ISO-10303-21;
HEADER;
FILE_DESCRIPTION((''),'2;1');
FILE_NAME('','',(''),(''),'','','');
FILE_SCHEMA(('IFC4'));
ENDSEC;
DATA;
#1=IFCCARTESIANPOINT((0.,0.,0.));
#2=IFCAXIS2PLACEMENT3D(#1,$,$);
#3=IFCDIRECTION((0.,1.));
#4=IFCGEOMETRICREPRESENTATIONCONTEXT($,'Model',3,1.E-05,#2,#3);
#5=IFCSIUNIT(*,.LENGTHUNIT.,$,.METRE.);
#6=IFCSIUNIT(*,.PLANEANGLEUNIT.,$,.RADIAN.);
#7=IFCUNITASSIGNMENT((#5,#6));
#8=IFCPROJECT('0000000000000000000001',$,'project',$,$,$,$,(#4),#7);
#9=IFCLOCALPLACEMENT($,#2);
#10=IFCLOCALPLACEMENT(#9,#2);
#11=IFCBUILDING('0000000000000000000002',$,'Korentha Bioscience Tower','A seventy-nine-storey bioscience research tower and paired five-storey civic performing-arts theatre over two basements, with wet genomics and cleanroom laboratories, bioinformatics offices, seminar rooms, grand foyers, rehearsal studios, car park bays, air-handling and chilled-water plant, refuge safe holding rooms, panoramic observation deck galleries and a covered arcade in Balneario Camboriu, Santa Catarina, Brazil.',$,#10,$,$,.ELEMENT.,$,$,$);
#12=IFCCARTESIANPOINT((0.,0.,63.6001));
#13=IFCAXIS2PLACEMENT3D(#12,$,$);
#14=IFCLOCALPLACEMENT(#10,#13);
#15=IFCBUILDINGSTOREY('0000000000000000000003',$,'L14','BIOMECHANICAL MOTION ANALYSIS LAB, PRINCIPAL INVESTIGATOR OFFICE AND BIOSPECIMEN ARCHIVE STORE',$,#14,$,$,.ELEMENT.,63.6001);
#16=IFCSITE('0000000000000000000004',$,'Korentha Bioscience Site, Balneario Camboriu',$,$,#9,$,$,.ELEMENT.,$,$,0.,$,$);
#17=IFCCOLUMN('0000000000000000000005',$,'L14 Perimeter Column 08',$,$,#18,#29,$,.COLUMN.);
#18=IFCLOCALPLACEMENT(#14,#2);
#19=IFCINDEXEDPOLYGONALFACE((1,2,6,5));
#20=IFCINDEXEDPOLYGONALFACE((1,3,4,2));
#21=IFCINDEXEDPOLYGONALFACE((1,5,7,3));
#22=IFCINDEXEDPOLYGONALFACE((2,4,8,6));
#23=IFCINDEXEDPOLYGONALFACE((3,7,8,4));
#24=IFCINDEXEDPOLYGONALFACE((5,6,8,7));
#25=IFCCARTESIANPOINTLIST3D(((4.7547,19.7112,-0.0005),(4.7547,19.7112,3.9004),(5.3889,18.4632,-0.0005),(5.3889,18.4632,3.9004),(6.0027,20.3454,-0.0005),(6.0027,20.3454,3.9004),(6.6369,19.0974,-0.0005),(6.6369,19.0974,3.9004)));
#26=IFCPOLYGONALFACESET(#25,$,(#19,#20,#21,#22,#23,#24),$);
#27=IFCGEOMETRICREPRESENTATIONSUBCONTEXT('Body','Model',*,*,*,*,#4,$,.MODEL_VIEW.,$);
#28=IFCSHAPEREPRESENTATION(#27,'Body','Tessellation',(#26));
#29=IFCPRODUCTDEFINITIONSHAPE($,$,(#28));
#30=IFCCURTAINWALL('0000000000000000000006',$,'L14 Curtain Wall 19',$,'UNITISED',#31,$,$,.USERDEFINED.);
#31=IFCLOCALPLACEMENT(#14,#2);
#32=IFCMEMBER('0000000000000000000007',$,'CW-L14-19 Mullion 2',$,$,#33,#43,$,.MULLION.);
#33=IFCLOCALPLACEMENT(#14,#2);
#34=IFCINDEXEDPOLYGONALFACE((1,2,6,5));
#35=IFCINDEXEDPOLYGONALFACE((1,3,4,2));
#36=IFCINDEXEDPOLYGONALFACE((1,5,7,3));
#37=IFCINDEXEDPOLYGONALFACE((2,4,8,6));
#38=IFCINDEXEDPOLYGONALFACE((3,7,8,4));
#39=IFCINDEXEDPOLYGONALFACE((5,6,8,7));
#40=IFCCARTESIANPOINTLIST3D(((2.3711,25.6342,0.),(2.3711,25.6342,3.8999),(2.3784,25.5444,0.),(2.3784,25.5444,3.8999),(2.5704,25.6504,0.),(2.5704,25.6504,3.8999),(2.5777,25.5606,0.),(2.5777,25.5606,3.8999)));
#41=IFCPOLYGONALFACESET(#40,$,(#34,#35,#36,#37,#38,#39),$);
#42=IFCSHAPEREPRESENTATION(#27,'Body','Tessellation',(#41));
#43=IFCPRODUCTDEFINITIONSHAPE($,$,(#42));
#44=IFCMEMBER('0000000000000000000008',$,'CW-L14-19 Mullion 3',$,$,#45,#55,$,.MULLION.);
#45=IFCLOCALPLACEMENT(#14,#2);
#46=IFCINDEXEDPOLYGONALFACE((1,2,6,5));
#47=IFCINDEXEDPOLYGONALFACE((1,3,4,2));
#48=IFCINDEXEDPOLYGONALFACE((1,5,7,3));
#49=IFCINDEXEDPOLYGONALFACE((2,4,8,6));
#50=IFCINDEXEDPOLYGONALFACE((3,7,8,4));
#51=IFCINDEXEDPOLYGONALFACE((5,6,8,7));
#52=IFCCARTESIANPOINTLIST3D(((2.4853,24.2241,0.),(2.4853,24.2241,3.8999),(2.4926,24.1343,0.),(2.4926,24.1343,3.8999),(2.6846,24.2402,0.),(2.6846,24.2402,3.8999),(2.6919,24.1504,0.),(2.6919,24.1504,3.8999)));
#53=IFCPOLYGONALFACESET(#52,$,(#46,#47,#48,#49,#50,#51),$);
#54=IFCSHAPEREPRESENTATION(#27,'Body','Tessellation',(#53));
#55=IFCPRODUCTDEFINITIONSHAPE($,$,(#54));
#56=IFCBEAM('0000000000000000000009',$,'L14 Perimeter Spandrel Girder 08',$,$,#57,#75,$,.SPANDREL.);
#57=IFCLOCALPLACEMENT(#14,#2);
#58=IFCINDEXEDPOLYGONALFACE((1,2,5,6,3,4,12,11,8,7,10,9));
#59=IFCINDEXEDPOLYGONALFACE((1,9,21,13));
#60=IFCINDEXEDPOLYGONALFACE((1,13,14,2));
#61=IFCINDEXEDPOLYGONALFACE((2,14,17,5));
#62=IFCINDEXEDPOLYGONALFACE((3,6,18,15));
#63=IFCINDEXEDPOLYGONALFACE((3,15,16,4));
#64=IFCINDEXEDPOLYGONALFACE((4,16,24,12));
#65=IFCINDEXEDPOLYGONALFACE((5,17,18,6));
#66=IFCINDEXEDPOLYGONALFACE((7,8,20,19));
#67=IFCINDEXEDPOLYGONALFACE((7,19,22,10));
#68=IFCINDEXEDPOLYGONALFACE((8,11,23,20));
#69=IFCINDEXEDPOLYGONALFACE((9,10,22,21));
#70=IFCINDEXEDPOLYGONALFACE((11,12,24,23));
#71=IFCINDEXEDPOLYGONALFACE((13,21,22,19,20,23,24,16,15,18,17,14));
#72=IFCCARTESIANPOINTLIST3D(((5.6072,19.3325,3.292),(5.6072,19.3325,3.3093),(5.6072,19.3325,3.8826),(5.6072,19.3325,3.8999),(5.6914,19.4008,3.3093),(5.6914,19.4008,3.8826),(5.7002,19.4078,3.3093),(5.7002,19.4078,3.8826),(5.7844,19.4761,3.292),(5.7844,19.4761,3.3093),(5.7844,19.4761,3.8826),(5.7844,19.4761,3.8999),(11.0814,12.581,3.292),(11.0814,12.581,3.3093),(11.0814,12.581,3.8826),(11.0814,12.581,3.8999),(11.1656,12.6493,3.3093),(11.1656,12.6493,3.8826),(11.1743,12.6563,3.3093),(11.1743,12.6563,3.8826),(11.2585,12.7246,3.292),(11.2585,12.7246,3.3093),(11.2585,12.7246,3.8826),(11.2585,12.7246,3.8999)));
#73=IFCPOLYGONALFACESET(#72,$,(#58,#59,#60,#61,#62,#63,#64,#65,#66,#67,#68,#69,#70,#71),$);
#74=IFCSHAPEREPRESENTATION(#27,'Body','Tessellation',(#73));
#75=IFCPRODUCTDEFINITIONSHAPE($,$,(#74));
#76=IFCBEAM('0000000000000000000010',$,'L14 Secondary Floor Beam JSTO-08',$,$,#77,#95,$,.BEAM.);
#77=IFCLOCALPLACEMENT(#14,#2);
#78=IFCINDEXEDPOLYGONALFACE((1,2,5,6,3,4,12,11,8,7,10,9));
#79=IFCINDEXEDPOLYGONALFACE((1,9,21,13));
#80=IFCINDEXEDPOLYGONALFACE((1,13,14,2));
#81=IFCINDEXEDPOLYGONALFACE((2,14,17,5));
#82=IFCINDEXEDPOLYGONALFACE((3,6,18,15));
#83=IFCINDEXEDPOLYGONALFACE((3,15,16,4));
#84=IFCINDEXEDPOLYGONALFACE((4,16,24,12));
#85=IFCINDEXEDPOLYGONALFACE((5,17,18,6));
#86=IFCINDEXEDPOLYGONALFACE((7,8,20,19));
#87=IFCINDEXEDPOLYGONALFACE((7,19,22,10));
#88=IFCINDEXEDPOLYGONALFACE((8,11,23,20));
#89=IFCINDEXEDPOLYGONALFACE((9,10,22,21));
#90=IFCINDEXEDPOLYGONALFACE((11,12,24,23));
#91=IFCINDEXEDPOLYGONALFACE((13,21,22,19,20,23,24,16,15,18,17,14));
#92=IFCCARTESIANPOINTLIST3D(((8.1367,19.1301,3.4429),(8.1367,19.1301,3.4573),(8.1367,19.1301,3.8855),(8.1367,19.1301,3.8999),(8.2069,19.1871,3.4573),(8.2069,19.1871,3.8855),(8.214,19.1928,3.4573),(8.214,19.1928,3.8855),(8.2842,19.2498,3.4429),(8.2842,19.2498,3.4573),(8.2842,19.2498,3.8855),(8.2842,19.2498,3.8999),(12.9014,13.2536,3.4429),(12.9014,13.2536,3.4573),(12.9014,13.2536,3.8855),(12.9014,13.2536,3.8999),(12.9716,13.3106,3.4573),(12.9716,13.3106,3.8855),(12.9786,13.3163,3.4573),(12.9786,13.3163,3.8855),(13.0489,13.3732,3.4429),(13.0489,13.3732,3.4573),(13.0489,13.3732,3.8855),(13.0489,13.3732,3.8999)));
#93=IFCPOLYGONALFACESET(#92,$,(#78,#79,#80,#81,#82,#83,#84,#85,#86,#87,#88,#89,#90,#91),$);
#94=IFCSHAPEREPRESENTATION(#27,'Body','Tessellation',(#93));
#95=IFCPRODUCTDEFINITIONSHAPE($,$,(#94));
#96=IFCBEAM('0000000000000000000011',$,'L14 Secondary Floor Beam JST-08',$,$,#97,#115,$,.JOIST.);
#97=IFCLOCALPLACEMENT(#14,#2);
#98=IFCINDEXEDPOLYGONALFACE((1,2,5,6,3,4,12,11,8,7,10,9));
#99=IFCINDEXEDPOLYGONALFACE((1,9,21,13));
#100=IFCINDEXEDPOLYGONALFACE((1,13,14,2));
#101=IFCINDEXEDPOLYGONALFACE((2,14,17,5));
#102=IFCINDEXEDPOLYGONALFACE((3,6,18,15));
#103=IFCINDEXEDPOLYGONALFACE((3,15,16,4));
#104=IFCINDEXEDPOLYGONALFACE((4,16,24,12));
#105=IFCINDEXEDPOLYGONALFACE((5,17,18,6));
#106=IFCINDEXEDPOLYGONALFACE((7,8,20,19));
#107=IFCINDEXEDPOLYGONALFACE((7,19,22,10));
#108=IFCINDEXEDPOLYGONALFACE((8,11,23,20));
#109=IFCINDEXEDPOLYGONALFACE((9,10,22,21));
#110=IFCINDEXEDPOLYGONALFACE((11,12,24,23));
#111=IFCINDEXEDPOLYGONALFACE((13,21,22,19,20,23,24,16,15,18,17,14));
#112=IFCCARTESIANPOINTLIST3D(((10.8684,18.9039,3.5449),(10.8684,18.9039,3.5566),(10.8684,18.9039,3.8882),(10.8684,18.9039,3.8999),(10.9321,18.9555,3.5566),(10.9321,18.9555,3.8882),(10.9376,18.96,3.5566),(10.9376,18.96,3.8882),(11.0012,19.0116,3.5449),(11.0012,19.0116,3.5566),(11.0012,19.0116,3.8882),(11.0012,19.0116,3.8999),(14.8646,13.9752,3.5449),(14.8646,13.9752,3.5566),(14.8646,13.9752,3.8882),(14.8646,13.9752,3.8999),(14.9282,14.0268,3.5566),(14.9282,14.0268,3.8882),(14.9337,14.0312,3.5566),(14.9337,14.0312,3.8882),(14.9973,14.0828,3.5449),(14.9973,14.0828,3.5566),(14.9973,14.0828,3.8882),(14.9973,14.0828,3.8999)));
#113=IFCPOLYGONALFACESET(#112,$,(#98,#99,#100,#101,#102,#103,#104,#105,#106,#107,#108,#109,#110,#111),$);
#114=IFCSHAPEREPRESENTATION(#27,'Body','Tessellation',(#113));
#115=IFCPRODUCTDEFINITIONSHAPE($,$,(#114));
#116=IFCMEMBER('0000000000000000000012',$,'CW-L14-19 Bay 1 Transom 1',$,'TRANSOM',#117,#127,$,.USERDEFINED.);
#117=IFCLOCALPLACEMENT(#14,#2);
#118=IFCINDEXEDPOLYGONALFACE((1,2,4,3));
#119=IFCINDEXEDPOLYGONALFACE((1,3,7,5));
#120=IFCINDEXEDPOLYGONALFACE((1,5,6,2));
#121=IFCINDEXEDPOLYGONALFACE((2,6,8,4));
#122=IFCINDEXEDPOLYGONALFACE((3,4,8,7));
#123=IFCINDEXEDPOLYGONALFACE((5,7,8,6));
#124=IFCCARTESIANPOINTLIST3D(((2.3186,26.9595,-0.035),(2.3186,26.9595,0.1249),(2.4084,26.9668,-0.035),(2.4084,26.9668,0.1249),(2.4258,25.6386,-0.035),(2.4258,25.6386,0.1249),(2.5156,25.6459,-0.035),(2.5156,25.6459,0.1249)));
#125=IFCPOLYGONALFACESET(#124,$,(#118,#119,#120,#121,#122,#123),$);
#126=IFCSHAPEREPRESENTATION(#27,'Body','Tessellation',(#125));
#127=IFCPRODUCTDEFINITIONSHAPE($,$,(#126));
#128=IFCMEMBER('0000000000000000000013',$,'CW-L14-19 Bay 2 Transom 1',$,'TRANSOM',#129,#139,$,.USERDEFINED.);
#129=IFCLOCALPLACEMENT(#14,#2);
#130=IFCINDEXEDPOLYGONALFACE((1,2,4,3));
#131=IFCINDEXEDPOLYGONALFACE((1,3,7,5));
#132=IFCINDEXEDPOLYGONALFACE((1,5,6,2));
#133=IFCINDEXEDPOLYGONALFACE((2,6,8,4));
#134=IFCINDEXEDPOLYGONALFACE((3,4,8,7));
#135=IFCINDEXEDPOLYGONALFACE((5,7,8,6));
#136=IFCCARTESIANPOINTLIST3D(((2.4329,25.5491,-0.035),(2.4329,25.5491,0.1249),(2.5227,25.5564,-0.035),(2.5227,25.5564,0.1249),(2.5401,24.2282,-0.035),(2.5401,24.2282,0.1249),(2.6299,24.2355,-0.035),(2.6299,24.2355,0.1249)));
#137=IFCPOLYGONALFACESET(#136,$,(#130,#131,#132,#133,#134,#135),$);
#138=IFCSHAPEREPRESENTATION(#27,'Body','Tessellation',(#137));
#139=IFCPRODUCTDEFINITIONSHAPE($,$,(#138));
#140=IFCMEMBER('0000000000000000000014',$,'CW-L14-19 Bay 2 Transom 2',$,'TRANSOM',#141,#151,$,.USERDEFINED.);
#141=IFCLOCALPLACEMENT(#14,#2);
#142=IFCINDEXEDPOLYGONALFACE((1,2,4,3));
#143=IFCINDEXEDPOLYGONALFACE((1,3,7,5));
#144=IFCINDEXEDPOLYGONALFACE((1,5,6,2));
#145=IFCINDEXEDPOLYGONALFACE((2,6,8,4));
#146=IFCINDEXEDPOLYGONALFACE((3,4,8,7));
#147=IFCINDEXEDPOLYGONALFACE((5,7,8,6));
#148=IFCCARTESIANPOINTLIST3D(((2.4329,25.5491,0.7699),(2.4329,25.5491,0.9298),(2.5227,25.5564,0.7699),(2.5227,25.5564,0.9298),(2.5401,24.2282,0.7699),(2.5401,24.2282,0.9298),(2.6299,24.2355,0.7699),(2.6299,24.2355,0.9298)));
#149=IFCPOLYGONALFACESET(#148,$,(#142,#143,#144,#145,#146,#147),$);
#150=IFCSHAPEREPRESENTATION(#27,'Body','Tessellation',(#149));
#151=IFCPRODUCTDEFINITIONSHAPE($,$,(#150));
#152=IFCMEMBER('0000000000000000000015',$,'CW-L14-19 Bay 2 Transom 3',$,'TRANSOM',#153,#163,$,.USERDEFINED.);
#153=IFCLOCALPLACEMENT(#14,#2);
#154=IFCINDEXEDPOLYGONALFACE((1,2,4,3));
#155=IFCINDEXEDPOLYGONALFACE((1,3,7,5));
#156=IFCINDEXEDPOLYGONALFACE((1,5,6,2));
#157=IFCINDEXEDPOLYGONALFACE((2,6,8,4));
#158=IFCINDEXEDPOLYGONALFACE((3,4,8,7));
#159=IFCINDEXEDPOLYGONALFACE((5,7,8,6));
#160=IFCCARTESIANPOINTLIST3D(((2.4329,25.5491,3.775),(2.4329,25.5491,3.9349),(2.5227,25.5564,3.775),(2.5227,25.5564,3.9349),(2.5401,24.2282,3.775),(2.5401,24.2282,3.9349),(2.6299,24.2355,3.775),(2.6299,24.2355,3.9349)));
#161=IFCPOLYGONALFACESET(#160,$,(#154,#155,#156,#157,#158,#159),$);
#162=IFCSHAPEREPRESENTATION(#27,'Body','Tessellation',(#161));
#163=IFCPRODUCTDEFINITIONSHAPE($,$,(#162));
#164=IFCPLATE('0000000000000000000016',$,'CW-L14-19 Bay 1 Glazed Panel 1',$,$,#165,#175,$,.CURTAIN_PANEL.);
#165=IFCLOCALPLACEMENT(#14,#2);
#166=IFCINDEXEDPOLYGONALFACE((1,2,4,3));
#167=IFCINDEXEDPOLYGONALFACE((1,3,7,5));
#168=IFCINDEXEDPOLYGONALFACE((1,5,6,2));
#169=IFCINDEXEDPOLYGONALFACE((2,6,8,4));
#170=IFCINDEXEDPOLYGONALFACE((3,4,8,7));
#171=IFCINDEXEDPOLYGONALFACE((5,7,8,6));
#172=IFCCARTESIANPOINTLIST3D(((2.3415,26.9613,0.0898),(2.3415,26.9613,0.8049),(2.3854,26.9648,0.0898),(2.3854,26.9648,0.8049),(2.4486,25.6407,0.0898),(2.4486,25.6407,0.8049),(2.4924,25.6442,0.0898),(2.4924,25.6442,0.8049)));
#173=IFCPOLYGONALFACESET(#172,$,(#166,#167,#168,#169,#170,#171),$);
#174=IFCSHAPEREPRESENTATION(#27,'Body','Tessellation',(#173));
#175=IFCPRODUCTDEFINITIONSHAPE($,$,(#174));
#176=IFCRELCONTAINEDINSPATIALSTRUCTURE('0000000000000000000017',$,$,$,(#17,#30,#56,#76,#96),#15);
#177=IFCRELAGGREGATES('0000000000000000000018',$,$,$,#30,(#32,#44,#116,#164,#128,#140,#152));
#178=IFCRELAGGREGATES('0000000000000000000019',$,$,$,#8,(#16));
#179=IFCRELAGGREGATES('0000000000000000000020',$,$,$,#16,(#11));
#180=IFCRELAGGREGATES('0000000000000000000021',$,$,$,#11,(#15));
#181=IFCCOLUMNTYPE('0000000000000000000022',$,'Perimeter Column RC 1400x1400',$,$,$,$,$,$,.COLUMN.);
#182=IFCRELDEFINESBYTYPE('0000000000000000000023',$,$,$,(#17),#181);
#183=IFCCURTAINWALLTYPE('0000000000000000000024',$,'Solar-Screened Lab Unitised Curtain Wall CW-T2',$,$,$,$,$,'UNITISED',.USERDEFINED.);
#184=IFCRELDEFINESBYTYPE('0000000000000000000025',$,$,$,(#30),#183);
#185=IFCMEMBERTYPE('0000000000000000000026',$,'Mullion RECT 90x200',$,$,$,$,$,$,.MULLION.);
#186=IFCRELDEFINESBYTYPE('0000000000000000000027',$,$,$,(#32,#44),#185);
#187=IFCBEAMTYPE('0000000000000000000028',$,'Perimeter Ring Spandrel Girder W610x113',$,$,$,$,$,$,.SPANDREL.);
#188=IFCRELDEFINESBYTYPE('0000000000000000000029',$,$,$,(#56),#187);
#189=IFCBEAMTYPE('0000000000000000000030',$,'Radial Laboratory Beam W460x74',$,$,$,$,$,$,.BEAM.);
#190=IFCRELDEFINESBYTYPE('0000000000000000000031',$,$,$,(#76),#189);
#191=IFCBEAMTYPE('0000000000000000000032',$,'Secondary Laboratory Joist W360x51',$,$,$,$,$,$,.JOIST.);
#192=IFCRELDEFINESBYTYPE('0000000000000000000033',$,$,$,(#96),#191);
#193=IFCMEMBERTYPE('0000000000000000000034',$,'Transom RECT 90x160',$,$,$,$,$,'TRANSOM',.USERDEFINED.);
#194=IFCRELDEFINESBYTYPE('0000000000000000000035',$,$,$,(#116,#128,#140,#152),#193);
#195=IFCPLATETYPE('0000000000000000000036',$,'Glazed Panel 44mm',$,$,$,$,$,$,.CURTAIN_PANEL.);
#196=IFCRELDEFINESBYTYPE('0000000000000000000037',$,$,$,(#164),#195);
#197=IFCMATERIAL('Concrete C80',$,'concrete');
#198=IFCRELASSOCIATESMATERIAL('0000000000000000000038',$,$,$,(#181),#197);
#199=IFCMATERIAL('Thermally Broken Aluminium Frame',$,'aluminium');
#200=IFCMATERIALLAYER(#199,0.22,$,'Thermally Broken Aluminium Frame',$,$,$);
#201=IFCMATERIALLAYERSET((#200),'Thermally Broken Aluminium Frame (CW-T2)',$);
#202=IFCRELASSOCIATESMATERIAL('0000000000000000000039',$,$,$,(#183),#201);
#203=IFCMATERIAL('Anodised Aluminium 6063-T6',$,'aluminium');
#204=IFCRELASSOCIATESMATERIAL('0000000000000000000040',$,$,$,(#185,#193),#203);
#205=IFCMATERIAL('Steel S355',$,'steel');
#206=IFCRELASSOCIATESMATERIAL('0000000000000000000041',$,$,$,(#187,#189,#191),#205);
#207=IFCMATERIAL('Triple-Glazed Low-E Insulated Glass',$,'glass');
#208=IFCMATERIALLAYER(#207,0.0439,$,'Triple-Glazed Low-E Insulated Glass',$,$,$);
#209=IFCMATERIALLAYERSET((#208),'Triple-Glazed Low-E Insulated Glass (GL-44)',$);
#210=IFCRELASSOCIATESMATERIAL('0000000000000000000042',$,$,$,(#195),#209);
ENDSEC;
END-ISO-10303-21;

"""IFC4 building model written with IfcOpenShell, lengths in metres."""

from ifc_helpers import new_model, si_unit, direction, frame, origin, origin_2d, place, context, subcontext, project, spatial, rectangle, i_section, extrude, material, layer, layer_set, material_profile, profile_set, type_object, element, aggregate, save


model = new_model("IFC4")

# Units and contexts
model_context = context("Model", 3, precision=1e-05, world=origin(), true_north=direction((0.0, 1.0)))
body_context = subcontext(model_context, "Body", "Model", "MODEL_VIEW")
ifc_project = project(units=[si_unit("LENGTHUNIT", "METRE"), si_unit("PLANEANGLEUNIT", "RADIAN")], contexts=[model_context])

# Site, building, storey
site_placement = place(None, origin())
site = spatial("IfcSite", under=ifc_project, at=site_placement, Name="Korentha Bioscience Site, Balneario Camboriu", CompositionType="ELEMENT", RefElevation=0.0)
building_placement = place(site_placement, origin())
building = spatial("IfcBuilding", under=site, at=building_placement, Name="Korentha Bioscience Tower", Description="A seventy-nine-storey bioscience research tower and paired five-storey civic performing-arts theatre over two basements, with wet genomics and cleanroom laboratories, bioinformatics offices, seminar rooms, grand foyers, rehearsal studios, car park bays, air-handling and chilled-water plant, refuge safe holding rooms, panoramic observation deck galleries and a covered arcade in Balneario Camboriu, Santa Catarina, Brazil.", CompositionType="ELEMENT")
storey_placement = place(building_placement, frame((0.0, 0.0, 63.6001)))
storey = spatial("IfcBuildingStorey", under=building, at=storey_placement, Name="L14", Description="BIOMECHANICAL MOTION ANALYSIS LAB, PRINCIPAL INVESTIGATOR OFFICE AND BIOSPECIMEN ARCHIVE STORE", CompositionType="ELEMENT", Elevation=63.6001)

# Column
ifc_material_1 = material(Name="Concrete C80", Category="concrete")
ifc_material_profile_1 = material_profile(ifc_material_1, rectangle(XDim=1.3999, YDim=1.3999, at=origin_2d()), Name="Concrete C80")
ifc_profile_set_1 = profile_set([ifc_material_profile_1], Name="Concrete C80 (COL-P14)")
column_type = type_object("IfcColumnType", Name="Perimeter Column RC 1400x1400", PredefinedType="COLUMN", material=ifc_profile_set_1)
column_placement = place(storey_placement, frame((5.6958, 19.4043, -0.0005), z_axis=(0.0, 0.0, 1.0), x_axis=(-0.453057, 0.891481, 0.0)))
element("IfcColumn", 1, at=column_placement, inside=storey, type_object=column_type, Name="L14 Perimeter Column 08", PredefinedType="COLUMN", context=body_context, shape_type="SweptSolid", body=[
    extrude(rectangle(XDim=1.3999, YDim=1.3999, at=origin_2d()), origin(), (0.0, 0.0, 1.0), 3.9009),
])

# Curtain wall, members
ifc_material_2 = material(Name="Thermally Broken Aluminium Frame", Category="aluminium")
ifc_layer_1 = layer(ifc_material_2, 0.22, Name="Thermally Broken Aluminium Frame")
ifc_layer_set_1 = layer_set([ifc_layer_1], Name="Thermally Broken Aluminium Frame (CW-T2)")
curtain_wall_type = type_object("IfcCurtainWallType", Name="Solar-Screened Lab Unitised Curtain Wall CW-T2", ElementType="UNITISED", PredefinedType="USERDEFINED", material=ifc_layer_set_1)
curtain_wall_placement = place(storey_placement, origin())
curtain_wall = element("IfcCurtainWall", 2, at=curtain_wall_placement, inside=storey, type_object=curtain_wall_type, Name="L14 Curtain Wall 19", ObjectType="UNITISED", PredefinedType="USERDEFINED")
ifc_material_3 = material(Name="Anodised Aluminium 6063-T6", Category="aluminium")
ifc_material_profile_2 = material_profile(ifc_material_3, rectangle(XDim=0.0901, YDim=0.2, at=origin_2d()), Name="Anodised Aluminium 6063-T6")
ifc_profile_set_2 = profile_set([ifc_material_profile_2], Name="Anodised Aluminium 6063-T6 (CW-MUL)")
member_type_1 = type_object("IfcMemberType", Name="Mullion RECT 90x200", PredefinedType="MULLION", material=ifc_profile_set_2)
member_1_placement = place(storey_placement, frame((2.4744, 25.5974, 0.0), z_axis=(0.0, 0.0, 1.0), x_axis=(0.08082, -0.996729, 0.0)))
member_1 = element("IfcMember", 3, at=member_1_placement, type_object=member_type_1, Name="CW-L14-19 Mullion 2", PredefinedType="MULLION", context=body_context, shape_type="SweptSolid", body=[
    extrude(rectangle(XDim=0.0901, YDim=0.2, at=origin_2d()), origin(), (0.0, 0.0, 1.0), 3.8999),
])
member_2_placement = place(storey_placement, frame((2.5886, 24.1873, 0.0), z_axis=(0.0, 0.0, 1.0), x_axis=(0.08082, -0.996729, 0.0)))
member_2 = element("IfcMember", 4, at=member_2_placement, type_object=member_type_1, Name="CW-L14-19 Mullion 3", PredefinedType="MULLION", context=body_context, shape_type="SweptSolid", body=[
    extrude(rectangle(XDim=0.0901, YDim=0.2, at=origin_2d()), origin(), (0.0, 0.0, 1.0), 3.8999),
])

# Beams
ifc_material_4 = material(Name="Steel S355", Category="steel")
ifc_material_profile_3 = material_profile(ifc_material_4, i_section(OverallWidth=0.228, OverallDepth=0.6079, WebThickness=0.0112, FlangeThickness=0.0173, at=origin_2d()), Name="Steel S355")
ifc_profile_set_3 = profile_set([ifc_material_profile_3], Name="Steel S355 (SB-610)")
beam_type_1 = type_object("IfcBeamType", Name="Perimeter Ring Spandrel Girder W610x113", PredefinedType="SPANDREL", material=ifc_profile_set_3)
beam_1_placement = place(storey_placement, frame((5.6958, 19.4043, 3.5959), z_axis=(0.629799, -0.776758, 0.0), x_axis=(0.776758, 0.629799, 0.0)))
element("IfcBeam", 5, at=beam_1_placement, inside=storey, type_object=beam_type_1, Name="L14 Perimeter Spandrel Girder 08", PredefinedType="SPANDREL", context=body_context, shape_type="SweptSolid", body=[
    extrude(i_section(OverallWidth=0.228, OverallDepth=0.6079, WebThickness=0.0112, FlangeThickness=0.0173, at=origin_2d()), origin(), (0.0, 0.0, 1.0), 8.6919),
])
ifc_material_profile_4 = material_profile(ifc_material_4, i_section(OverallWidth=0.1899, OverallDepth=0.457, WebThickness=0.009, FlangeThickness=0.0144, at=origin_2d()), Name="Steel S355")
ifc_profile_set_4 = profile_set([ifc_material_profile_4], Name="Steel S355 (RB-460)")
beam_type_2 = type_object("IfcBeamType", Name="Radial Laboratory Beam W460x74", PredefinedType="BEAM", material=ifc_profile_set_4)
beam_2_placement = place(storey_placement, frame((8.2104, 19.1899, 3.6714), z_axis=(0.629798, -0.776759, 0.0), x_axis=(0.776759, 0.629798, 0.0)))
element("IfcBeam", 6, at=beam_2_placement, inside=storey, type_object=beam_type_2, Name="L14 Secondary Floor Beam JSTO-08", PredefinedType="BEAM", context=body_context, shape_type="SweptSolid", body=[
    extrude(i_section(OverallWidth=0.1899, OverallDepth=0.457, WebThickness=0.009, FlangeThickness=0.0144, at=origin_2d()), origin(), (0.0, 0.0, 1.0), 7.5654),
])
ifc_material_profile_5 = material_profile(ifc_material_4, i_section(OverallWidth=0.1709, OverallDepth=0.355, WebThickness=0.0071, FlangeThickness=0.0117, at=origin_2d()), Name="Steel S355")
ifc_profile_set_5 = profile_set([ifc_material_profile_5], Name="Steel S355 (JB-360)")
beam_type_3 = type_object("IfcBeamType", Name="Secondary Laboratory Joist W360x51", PredefinedType="JOIST", material=ifc_profile_set_5)
beam_3_placement = place(storey_placement, frame((10.9348, 18.9578, 3.7224), z_axis=(0.629787, -0.776768, 0.0), x_axis=(0.776768, 0.629787, 0.0)))
element("IfcBeam", 7, at=beam_3_placement, inside=storey, type_object=beam_type_3, Name="L14 Secondary Floor Beam JST-08", PredefinedType="JOIST", context=body_context, shape_type="SweptSolid", body=[
    extrude(i_section(OverallWidth=0.1709, OverallDepth=0.355, WebThickness=0.0071, FlangeThickness=0.0117, at=origin_2d()), origin(), (0.0, 0.0, 1.0), 6.3452),
])

# Members
ifc_material_profile_6 = material_profile(ifc_material_3, rectangle(XDim=0.0901, YDim=0.1599, at=origin_2d()), Name="Anodised Aluminium 6063-T6")
ifc_profile_set_6 = profile_set([ifc_material_profile_6], Name="Anodised Aluminium 6063-T6 (CW-TRN)")
member_type_2 = type_object("IfcMemberType", Name="Transom RECT 90x160", ElementType="TRANSOM", PredefinedType="USERDEFINED", material=ifc_profile_set_6)
member_3_placement = place(storey_placement, frame((2.3635, 26.9631, 0.0449), z_axis=(0.08088, -0.996724, 0.0), x_axis=(0.996724, 0.08088, 0.0)))
member_3 = element("IfcMember", 8, at=member_3_placement, type_object=member_type_2, Name="CW-L14-19 Bay 1 Transom 1", ObjectType="TRANSOM", PredefinedType="USERDEFINED", context=body_context, shape_type="SweptSolid", body=[
    extrude(rectangle(XDim=0.0901, YDim=0.1599, at=origin_2d()), origin(), (0.0, 0.0, 1.0), 1.3252),
])
member_4_placement = place(storey_placement, frame((2.4778, 25.5527, 0.0449), z_axis=(0.08088, -0.996724, 0.0), x_axis=(0.996724, 0.08088, 0.0)))
member_4 = element("IfcMember", 9, at=member_4_placement, type_object=member_type_2, Name="CW-L14-19 Bay 2 Transom 1", ObjectType="TRANSOM", PredefinedType="USERDEFINED", context=body_context, shape_type="SweptSolid", body=[
    extrude(rectangle(XDim=0.0901, YDim=0.1599, at=origin_2d()), origin(), (0.0, 0.0, 1.0), 1.3252),
])
member_5_placement = place(storey_placement, frame((2.4778, 25.5527, 0.8499), z_axis=(0.08088, -0.996724, 0.0), x_axis=(0.996724, 0.08088, 0.0)))
member_5 = element("IfcMember", 10, at=member_5_placement, type_object=member_type_2, Name="CW-L14-19 Bay 2 Transom 2", ObjectType="TRANSOM", PredefinedType="USERDEFINED", context=body_context, shape_type="SweptSolid", body=[
    extrude(rectangle(XDim=0.0901, YDim=0.1599, at=origin_2d()), origin(), (0.0, 0.0, 1.0), 1.3252),
])
member_6_placement = place(storey_placement, frame((2.4778, 25.5527, 3.855), z_axis=(0.08088, -0.996724, 0.0), x_axis=(0.996724, 0.08088, 0.0)))
member_6 = element("IfcMember", 11, at=member_6_placement, type_object=member_type_2, Name="CW-L14-19 Bay 2 Transom 3", ObjectType="TRANSOM", PredefinedType="USERDEFINED", context=body_context, shape_type="SweptSolid", body=[
    extrude(rectangle(XDim=0.0901, YDim=0.1599, at=origin_2d()), origin(), (0.0, 0.0, 1.0), 1.3252),
])

# Plate
ifc_material_5 = material(Name="Triple-Glazed Low-E Insulated Glass", Category="glass")
ifc_layer_2 = layer(ifc_material_5, 0.0439, Name="Triple-Glazed Low-E Insulated Glass")
ifc_layer_set_2 = layer_set([ifc_layer_2], Name="Triple-Glazed Low-E Insulated Glass (GL-44)")
plate_type = type_object("IfcPlateType", Name="Glazed Panel 44mm", PredefinedType="CURTAIN_PANEL", material=ifc_layer_set_2)
plate_1_placement = place(storey_placement, frame((2.417, 26.3027, 0.0898), z_axis=(0.0, 0.0, 1.0), x_axis=(0.08082, -0.996729, 0.0)))
plate_1 = element("IfcPlate", 12, at=plate_1_placement, type_object=plate_type, Name="CW-L14-19 Bay 1 Glazed Panel 1", PredefinedType="CURTAIN_PANEL", context=body_context, shape_type="SweptSolid", body=[
    extrude(rectangle(XDim=1.325, YDim=0.0439, at=origin_2d()), origin(), (0.0, 0.0, 1.0), 0.7151),
])
aggregate(curtain_wall, [member_1, member_2, member_3, plate_1, member_4, member_5, member_6])

save(model, "model.ifc")
